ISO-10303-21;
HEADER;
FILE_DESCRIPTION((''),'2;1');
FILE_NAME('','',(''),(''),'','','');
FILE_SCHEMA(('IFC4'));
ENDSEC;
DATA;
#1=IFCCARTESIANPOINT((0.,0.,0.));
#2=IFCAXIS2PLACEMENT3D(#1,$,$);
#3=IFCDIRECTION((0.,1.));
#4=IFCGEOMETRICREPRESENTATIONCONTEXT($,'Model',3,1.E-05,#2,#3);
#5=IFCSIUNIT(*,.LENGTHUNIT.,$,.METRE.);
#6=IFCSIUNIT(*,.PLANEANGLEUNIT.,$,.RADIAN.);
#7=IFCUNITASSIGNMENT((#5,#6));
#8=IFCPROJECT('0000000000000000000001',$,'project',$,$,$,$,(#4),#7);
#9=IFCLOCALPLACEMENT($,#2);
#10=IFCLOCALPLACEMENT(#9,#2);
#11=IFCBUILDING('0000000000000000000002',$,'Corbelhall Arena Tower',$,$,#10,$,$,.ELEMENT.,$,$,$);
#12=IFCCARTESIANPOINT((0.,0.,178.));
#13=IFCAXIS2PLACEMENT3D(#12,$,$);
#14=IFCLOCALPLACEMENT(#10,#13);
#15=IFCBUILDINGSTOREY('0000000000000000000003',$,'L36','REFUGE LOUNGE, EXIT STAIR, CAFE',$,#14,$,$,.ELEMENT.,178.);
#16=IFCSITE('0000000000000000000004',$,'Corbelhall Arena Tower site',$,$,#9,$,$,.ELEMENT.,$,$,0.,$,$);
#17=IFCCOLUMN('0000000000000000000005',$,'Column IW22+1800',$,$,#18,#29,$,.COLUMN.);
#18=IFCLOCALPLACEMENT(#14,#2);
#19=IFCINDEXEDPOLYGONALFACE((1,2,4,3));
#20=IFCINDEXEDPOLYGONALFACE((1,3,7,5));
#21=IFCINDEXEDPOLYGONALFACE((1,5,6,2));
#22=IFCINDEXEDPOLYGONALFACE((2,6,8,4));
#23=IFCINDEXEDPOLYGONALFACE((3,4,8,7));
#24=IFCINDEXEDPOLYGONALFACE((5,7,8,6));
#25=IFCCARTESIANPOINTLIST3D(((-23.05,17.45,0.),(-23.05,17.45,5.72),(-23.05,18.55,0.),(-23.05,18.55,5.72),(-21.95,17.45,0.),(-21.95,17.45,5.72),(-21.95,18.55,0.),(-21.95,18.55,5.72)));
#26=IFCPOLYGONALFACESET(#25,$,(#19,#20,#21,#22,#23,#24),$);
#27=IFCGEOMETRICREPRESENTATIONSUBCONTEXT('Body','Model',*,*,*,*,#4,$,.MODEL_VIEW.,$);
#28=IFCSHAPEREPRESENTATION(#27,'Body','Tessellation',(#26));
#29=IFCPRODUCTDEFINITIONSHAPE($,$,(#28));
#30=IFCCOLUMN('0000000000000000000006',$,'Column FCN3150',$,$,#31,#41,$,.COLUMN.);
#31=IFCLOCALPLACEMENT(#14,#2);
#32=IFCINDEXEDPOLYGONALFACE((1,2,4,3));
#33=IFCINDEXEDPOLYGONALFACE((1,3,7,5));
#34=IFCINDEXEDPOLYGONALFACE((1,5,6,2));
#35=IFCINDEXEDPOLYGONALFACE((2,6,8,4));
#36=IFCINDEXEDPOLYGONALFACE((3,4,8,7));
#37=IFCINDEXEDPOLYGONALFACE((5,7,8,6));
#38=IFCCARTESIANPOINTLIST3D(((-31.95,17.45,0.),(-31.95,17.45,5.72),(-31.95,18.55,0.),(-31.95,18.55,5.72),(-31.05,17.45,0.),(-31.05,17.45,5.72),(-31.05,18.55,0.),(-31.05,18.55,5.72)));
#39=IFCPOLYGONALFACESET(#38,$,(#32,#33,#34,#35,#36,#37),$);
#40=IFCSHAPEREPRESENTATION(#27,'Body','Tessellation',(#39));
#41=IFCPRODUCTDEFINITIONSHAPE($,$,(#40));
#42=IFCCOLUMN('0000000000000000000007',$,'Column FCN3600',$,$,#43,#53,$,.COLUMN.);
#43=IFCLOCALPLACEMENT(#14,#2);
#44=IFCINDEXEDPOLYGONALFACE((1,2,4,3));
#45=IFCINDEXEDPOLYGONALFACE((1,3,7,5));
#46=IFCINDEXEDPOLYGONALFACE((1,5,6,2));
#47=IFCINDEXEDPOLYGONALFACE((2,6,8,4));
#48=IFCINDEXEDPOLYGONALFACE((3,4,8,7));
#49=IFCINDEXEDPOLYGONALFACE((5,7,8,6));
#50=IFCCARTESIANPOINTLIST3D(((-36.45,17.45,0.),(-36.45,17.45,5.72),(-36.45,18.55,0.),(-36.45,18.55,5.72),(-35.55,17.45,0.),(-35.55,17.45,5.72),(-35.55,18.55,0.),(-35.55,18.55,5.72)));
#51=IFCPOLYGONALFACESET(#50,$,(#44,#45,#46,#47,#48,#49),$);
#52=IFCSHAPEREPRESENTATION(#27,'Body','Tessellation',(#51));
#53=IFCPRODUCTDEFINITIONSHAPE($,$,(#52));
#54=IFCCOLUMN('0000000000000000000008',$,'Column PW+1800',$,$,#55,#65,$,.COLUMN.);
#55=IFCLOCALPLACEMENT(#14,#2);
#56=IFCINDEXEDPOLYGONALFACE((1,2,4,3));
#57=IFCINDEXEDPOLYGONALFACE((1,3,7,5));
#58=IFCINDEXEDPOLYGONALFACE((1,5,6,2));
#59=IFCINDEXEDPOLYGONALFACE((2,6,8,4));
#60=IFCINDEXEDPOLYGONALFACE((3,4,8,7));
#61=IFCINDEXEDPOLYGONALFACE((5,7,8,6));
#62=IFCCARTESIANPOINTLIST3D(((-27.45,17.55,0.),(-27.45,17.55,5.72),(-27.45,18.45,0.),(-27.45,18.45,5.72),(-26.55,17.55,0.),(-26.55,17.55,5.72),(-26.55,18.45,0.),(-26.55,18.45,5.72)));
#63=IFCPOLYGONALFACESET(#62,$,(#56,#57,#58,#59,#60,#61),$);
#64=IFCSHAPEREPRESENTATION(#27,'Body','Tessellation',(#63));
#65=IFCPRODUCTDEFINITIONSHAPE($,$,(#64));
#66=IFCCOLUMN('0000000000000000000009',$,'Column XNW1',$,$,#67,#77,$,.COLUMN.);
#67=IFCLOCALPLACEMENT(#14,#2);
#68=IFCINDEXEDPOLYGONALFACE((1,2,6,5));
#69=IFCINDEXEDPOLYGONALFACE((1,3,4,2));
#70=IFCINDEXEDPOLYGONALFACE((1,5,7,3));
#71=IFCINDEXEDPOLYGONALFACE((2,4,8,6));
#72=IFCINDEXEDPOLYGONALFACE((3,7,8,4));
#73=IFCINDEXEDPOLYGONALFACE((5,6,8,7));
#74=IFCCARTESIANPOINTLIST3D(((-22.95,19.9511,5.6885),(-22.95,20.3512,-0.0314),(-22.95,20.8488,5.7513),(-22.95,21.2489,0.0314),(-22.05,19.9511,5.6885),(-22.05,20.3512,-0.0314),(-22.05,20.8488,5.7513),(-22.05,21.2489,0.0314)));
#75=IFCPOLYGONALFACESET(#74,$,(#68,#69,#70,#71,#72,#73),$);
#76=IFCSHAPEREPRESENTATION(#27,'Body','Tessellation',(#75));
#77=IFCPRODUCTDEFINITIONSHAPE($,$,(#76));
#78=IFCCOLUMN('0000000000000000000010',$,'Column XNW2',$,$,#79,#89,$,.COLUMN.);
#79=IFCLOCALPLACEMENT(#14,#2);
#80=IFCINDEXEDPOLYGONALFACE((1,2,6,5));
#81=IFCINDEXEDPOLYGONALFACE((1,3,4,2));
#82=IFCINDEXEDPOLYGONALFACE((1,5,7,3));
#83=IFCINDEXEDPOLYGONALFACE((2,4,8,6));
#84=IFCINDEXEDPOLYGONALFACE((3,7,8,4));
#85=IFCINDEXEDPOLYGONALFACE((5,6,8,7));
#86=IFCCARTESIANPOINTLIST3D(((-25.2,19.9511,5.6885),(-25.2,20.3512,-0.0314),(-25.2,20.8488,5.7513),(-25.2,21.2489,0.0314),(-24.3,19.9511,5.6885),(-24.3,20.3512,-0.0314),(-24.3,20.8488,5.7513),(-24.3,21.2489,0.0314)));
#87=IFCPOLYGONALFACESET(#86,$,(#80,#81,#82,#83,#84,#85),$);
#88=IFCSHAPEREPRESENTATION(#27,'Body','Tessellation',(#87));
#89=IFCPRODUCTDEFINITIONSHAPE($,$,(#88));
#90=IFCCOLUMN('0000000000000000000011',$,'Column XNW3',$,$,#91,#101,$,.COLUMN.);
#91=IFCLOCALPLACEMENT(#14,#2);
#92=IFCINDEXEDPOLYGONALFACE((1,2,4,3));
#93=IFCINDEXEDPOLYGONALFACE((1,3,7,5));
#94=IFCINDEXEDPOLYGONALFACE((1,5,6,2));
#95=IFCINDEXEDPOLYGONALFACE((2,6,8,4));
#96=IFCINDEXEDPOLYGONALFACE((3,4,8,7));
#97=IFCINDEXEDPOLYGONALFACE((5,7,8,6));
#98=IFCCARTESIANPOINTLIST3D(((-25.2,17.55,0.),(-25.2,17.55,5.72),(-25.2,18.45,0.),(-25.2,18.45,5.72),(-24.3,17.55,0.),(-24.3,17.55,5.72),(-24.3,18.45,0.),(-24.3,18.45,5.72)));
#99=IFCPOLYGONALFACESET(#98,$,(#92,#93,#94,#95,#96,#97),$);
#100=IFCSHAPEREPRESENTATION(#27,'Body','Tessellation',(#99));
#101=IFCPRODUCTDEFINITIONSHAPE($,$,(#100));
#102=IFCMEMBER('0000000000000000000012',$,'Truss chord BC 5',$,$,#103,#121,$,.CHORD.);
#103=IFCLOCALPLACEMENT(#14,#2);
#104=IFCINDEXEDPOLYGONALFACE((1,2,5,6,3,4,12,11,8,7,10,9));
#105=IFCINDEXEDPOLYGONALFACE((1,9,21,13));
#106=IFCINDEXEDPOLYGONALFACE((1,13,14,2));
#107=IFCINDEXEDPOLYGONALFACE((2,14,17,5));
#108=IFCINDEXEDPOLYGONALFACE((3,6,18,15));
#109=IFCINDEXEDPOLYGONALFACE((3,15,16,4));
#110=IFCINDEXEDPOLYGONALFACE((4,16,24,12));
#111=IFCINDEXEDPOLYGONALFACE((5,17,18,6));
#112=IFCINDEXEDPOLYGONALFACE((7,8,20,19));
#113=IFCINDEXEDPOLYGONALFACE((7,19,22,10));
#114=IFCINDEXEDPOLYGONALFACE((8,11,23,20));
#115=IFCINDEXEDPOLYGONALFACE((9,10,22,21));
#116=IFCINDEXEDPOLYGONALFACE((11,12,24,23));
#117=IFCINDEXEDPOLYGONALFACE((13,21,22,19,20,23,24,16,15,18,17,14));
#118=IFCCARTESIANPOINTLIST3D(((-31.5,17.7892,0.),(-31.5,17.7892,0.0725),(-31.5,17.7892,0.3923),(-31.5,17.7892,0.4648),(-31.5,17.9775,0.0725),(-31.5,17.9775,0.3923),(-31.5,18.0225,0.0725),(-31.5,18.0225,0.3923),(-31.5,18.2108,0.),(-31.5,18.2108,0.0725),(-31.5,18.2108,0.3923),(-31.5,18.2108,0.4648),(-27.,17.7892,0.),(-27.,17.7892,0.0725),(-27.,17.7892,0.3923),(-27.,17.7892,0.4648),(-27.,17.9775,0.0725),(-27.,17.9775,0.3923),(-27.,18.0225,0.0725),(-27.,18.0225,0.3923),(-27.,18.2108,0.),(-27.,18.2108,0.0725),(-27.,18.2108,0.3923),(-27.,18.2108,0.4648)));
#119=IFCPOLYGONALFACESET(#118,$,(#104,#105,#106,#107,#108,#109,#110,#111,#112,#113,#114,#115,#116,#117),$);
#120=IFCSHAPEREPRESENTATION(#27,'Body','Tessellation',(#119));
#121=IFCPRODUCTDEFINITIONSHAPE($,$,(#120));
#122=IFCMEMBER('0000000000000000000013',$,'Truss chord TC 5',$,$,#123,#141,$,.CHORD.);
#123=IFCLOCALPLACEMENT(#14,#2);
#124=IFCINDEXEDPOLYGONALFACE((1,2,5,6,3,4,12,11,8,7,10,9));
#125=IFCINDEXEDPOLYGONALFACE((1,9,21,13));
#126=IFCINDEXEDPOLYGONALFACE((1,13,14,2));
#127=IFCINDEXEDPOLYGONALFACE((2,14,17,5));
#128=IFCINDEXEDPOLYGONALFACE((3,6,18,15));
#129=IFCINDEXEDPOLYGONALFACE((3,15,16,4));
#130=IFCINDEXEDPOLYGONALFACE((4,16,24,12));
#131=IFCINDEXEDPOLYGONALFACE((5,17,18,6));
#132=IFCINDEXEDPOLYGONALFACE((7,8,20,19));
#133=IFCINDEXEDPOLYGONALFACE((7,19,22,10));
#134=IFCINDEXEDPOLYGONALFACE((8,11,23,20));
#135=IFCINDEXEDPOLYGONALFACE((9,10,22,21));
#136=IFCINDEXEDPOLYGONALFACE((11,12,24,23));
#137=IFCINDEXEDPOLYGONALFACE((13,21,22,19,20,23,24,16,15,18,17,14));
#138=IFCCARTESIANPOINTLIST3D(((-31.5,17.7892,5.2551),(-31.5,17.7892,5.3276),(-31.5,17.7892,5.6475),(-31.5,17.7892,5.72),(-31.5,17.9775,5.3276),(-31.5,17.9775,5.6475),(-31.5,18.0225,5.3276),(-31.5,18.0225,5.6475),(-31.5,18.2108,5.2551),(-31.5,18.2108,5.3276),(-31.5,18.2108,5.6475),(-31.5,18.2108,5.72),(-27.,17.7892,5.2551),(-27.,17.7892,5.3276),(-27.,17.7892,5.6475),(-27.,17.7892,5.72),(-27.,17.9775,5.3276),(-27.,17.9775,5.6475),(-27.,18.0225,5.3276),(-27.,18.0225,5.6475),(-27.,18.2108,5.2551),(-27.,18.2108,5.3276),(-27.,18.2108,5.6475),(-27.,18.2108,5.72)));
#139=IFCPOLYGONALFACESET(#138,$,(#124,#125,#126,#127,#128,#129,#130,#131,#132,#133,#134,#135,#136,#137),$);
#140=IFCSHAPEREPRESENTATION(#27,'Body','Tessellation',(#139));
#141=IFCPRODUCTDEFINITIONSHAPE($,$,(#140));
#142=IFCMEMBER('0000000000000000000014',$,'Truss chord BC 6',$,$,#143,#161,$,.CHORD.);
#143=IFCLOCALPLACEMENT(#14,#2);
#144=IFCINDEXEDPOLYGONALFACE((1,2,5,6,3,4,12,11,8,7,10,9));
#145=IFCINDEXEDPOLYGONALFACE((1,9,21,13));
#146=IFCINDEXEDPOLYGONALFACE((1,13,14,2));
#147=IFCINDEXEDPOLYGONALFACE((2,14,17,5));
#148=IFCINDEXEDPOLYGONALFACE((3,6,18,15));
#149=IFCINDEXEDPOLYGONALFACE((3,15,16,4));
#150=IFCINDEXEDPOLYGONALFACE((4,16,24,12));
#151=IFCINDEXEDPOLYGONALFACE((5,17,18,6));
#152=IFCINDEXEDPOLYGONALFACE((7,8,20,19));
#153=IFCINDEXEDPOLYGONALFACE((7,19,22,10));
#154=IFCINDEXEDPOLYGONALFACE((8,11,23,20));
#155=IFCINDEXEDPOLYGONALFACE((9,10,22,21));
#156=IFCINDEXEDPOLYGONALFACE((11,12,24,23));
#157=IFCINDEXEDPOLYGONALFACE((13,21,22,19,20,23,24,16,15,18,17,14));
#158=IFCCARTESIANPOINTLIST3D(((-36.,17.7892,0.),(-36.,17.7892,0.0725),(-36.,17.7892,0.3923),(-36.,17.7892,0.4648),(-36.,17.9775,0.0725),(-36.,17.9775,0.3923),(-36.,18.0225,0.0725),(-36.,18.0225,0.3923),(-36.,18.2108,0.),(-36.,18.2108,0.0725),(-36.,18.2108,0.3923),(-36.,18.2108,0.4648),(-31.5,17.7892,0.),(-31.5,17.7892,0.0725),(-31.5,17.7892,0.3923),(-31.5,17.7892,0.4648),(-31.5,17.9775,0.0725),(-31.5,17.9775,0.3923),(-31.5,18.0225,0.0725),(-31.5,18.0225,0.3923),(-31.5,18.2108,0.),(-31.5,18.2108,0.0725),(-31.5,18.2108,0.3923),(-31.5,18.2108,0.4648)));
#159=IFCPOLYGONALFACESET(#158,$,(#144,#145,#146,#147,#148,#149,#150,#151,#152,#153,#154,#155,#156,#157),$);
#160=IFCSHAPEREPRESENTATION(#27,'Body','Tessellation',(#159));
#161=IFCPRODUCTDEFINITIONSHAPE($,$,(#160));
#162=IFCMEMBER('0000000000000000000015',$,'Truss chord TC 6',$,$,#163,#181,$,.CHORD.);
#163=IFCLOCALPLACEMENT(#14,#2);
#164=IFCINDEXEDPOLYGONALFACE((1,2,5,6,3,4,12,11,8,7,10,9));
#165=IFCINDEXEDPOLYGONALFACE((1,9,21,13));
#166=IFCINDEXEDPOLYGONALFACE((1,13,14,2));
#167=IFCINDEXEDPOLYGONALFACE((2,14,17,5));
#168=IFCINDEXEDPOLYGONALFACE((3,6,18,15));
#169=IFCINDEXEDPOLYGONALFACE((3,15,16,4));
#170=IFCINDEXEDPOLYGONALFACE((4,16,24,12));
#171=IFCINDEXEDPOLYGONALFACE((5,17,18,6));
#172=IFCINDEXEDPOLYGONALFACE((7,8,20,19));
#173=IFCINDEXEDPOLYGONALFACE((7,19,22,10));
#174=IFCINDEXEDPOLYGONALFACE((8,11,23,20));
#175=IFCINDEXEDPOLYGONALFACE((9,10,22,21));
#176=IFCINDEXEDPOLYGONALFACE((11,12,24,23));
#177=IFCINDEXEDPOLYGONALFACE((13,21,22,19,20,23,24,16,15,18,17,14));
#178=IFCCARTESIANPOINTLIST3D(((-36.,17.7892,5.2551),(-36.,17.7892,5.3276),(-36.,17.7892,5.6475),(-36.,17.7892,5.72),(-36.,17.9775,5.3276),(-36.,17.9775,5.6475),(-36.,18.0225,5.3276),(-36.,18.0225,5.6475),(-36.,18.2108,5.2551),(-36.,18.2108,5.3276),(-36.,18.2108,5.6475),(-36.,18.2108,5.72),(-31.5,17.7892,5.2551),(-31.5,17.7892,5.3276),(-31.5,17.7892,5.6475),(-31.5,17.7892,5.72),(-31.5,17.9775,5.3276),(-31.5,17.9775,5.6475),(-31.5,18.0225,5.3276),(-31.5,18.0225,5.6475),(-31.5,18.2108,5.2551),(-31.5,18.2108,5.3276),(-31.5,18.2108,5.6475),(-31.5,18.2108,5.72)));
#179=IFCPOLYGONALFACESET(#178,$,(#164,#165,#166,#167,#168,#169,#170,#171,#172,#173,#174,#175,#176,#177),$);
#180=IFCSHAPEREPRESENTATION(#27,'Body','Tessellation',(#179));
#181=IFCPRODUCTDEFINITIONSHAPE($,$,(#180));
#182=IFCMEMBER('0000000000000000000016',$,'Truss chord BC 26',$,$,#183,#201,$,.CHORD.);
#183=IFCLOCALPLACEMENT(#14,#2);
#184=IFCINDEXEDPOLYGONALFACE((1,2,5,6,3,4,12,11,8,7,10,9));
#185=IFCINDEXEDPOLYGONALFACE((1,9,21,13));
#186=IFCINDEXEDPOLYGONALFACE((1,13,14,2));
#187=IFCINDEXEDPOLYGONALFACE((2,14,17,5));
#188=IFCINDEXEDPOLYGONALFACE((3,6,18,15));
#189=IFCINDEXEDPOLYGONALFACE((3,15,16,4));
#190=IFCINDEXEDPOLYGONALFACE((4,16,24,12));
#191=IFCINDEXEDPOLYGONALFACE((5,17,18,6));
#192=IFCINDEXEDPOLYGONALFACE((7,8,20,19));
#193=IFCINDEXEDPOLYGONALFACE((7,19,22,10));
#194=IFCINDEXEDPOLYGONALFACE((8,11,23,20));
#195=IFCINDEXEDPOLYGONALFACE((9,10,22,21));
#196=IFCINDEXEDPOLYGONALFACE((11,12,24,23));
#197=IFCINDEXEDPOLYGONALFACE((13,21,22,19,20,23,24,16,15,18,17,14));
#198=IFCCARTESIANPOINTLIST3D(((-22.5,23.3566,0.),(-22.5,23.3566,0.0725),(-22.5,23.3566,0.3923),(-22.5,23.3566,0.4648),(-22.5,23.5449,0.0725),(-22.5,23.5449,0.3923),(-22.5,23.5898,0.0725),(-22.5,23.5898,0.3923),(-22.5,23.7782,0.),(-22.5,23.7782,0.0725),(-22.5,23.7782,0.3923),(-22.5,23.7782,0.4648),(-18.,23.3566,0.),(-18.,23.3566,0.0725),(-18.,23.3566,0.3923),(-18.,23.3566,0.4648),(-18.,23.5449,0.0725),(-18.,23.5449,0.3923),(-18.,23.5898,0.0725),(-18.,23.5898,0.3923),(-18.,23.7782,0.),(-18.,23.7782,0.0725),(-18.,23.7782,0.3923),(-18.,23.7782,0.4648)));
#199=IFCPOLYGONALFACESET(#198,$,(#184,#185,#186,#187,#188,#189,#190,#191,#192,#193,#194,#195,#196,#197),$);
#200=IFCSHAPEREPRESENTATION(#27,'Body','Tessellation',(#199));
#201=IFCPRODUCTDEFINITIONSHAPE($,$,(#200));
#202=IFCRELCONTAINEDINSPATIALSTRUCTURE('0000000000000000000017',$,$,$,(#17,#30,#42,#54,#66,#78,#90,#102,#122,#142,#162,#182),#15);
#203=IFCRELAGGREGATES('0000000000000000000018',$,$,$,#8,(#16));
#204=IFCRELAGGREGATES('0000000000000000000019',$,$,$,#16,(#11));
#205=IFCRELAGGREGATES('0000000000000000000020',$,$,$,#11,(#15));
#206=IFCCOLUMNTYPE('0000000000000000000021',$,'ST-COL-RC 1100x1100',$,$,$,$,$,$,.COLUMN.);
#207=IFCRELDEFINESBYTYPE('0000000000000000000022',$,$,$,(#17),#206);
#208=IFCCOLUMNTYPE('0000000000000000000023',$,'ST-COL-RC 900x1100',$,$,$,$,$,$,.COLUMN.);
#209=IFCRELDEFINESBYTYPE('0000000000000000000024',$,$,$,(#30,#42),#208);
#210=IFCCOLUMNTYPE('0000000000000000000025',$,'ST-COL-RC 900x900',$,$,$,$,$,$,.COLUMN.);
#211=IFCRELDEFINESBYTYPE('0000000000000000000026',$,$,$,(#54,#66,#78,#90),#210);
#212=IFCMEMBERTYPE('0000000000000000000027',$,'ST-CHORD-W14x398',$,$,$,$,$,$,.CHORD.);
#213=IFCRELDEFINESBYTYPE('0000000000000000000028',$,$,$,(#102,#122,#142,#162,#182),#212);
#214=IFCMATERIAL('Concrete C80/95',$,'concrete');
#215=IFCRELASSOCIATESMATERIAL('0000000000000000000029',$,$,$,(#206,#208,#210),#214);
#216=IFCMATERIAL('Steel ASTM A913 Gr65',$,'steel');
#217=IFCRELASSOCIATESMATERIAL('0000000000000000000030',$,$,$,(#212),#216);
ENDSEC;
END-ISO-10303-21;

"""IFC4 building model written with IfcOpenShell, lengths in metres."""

from ifc_helpers import new_model, si_unit, direction, frame, origin, origin_2d, place, context, subcontext, project, spatial, rectangle, i_section, extrude, material, material_profile, profile_set, type_object, element, save


model = new_model("IFC4")

# Units and contexts
model_context = context("Model", 3, precision=1e-05, world=origin(), true_north=direction((0.0, 1.0)))
body_context = subcontext(model_context, "Body", "Model", "MODEL_VIEW")
ifc_project = project(units=[si_unit("LENGTHUNIT", "METRE"), si_unit("PLANEANGLEUNIT", "RADIAN")], contexts=[model_context])

# Site, building, storey
site_placement = place(None, origin())
site = spatial("IfcSite", under=ifc_project, at=site_placement, Name="Corbelhall Arena Tower site", CompositionType="ELEMENT", RefElevation=0.0)
building_placement = place(site_placement, origin())
building = spatial("IfcBuilding", under=site, at=building_placement, Name="Corbelhall Arena Tower", CompositionType="ELEMENT")
storey_placement = place(building_placement, frame((0.0, 0.0, 178.0)))
storey = spatial("IfcBuildingStorey", under=building, at=storey_placement, Name="L36", Description="REFUGE LOUNGE, EXIT STAIR, CAFE", CompositionType="ELEMENT", Elevation=178.0)

# Columns
ifc_material_1 = material(Name="Concrete C80/95", Category="concrete")
ifc_material_profile_1 = material_profile(ifc_material_1, rectangle(XDim=1.1001, YDim=1.1001, at=origin_2d()))
ifc_profile_set_1 = profile_set([ifc_material_profile_1], Name="Concrete C80/95")
column_type_1 = type_object("IfcColumnType", Name="ST-COL-RC 1100x1100", PredefinedType="COLUMN", material=ifc_profile_set_1)
column_1_placement = place(storey_placement, frame((-22.5, 18.0, 0.0), z_axis=(0.0, 0.0, 1.0), x_axis=(1.0, 0.0, 0.0)))
element("IfcColumn", 1, at=column_1_placement, inside=storey, type_object=column_type_1, Name="Column IW22+1800", PredefinedType="COLUMN", context=body_context, shape_type="SweptSolid", body=[
    extrude(rectangle(XDim=1.1001, YDim=1.1001, at=origin_2d()), origin(), (0.0, 0.0, 1.0), 5.72),
])
ifc_material_profile_2 = material_profile(ifc_material_1, rectangle(XDim=0.8999, YDim=1.1001, at=origin_2d()))
ifc_profile_set_2 = profile_set([ifc_material_profile_2], Name="Concrete C80/95")
column_type_2 = type_object("IfcColumnType", Name="ST-COL-RC 900x1100", PredefinedType="COLUMN", material=ifc_profile_set_2)
for number, where, z_axis, x_axis, name in (
    (2, (-31.5, 18.0, 0.0), (0.0, 0.0, 1.0), (1.0, 0.0, 0.0), "Column FCN3150"),
    (3, (-36.0, 18.0, 0.0), (0.0, 0.0, 1.0), (1.0, 0.0, 0.0), "Column FCN3600"),
):
    element("IfcColumn", number, at=place(storey_placement, frame(where, z_axis=z_axis, x_axis=x_axis)), inside=storey, type_object=column_type_2, Name=name, PredefinedType="COLUMN", context=body_context, shape_type="SweptSolid", body=[
        extrude(rectangle(XDim=0.8999, YDim=1.1001, at=origin_2d()), origin(), (0.0, 0.0, 1.0), 5.72),
    ])
ifc_material_profile_3 = material_profile(ifc_material_1, rectangle(XDim=0.8999, YDim=0.8999, at=origin_2d()))
ifc_profile_set_3 = profile_set([ifc_material_profile_3], Name="Concrete C80/95")
column_type_3 = type_object("IfcColumnType", Name="ST-COL-RC 900x900", PredefinedType="COLUMN", material=ifc_profile_set_3)
column_2_placement = place(storey_placement, frame((-27.0, 18.0, 0.0), z_axis=(0.0, 0.0, 1.0), x_axis=(1.0, 0.0, 0.0)))
element("IfcColumn", 4, at=column_2_placement, inside=storey, type_object=column_type_3, Name="Column PW+1800", PredefinedType="COLUMN", context=body_context, shape_type="SweptSolid", body=[
    extrude(rectangle(XDim=0.8999, YDim=0.8999, at=origin_2d()), origin(), (0.0, 0.0, 1.0), 5.72),
])
for number, where, z_axis, x_axis, name in (
    (5, (-22.5, 20.8, 0.0), (0.0, -0.069785, 0.997562), (1.0, 0.0, 0.0), "Column XNW1"),
    (6, (-24.75, 20.8, 0.0), (0.0, -0.069785, 0.997562), (1.0, 0.0, 0.0), "Column XNW2"),
):
    element("IfcColumn", number, at=place(storey_placement, frame(where, z_axis=z_axis, x_axis=x_axis)), inside=storey, type_object=column_type_3, Name=name, PredefinedType="COLUMN", context=body_context, shape_type="SweptSolid", body=[
        extrude(rectangle(XDim=0.8999, YDim=0.8999, at=origin_2d()), origin(), (0.0, 0.0, 1.0), 5.7339),
    ])
column_3_placement = place(storey_placement, frame((-24.75, 18.0, 0.0), z_axis=(0.0, 0.0, 1.0), x_axis=(1.0, 0.0, 0.0)))
element("IfcColumn", 7, at=column_3_placement, inside=storey, type_object=column_type_3, Name="Column XNW3", PredefinedType="COLUMN", context=body_context, shape_type="SweptSolid", body=[
    extrude(rectangle(XDim=0.8999, YDim=0.8999, at=origin_2d()), origin(), (0.0, 0.0, 1.0), 5.72),
])

# Members
ifc_material_2 = material(Name="Steel ASTM A913 Gr65", Category="steel")
ifc_material_profile_4 = material_profile(ifc_material_2, i_section(OverallWidth=0.4216, OverallDepth=0.4648, WebThickness=0.0449, FlangeThickness=0.0725, at=origin_2d()))
ifc_profile_set_4 = profile_set([ifc_material_profile_4], Name="Steel ASTM A913 Gr65")
member_type_1 = type_object("IfcMemberType", Name="ST-CHORD-W14x398", PredefinedType="CHORD", material=ifc_profile_set_4)
for number, where, z_axis, x_axis, name in (
    (8, (-31.5, 18.0, 0.2324), (1.0, 0.0, 0.0), (0.0, 1.0, 0.0), "Truss chord BC 5"),
    (9, (-31.5, 18.0, 5.4875), (1.0, 0.0, 0.0), (0.0, 1.0, 0.0), "Truss chord TC 5"),
    (10, (-36.0, 18.0, 0.2324), (1.0, 0.0, 0.0), (0.0, 1.0, 0.0), "Truss chord BC 6"),
    (11, (-36.0, 18.0, 5.4875), (1.0, 0.0, 0.0), (0.0, 1.0, 0.0), "Truss chord TC 6"),
    (12, (-22.5, 23.5674, 0.2324), (1.0, 0.0, 0.0), (0.0, 1.0, 0.0), "Truss chord BC 26"),
):
    element("IfcMember", number, at=place(storey_placement, frame(where, z_axis=z_axis, x_axis=x_axis)), inside=storey, type_object=member_type_1, Name=name, PredefinedType="CHORD", context=body_context, shape_type="SweptSolid", body=[
        extrude(i_section(OverallWidth=0.4216, OverallDepth=0.4648, WebThickness=0.0449, FlangeThickness=0.0725, at=origin_2d()), origin(), (0.0, 0.0, 1.0), 4.5),
    ])

save(model, "model.ifc")
